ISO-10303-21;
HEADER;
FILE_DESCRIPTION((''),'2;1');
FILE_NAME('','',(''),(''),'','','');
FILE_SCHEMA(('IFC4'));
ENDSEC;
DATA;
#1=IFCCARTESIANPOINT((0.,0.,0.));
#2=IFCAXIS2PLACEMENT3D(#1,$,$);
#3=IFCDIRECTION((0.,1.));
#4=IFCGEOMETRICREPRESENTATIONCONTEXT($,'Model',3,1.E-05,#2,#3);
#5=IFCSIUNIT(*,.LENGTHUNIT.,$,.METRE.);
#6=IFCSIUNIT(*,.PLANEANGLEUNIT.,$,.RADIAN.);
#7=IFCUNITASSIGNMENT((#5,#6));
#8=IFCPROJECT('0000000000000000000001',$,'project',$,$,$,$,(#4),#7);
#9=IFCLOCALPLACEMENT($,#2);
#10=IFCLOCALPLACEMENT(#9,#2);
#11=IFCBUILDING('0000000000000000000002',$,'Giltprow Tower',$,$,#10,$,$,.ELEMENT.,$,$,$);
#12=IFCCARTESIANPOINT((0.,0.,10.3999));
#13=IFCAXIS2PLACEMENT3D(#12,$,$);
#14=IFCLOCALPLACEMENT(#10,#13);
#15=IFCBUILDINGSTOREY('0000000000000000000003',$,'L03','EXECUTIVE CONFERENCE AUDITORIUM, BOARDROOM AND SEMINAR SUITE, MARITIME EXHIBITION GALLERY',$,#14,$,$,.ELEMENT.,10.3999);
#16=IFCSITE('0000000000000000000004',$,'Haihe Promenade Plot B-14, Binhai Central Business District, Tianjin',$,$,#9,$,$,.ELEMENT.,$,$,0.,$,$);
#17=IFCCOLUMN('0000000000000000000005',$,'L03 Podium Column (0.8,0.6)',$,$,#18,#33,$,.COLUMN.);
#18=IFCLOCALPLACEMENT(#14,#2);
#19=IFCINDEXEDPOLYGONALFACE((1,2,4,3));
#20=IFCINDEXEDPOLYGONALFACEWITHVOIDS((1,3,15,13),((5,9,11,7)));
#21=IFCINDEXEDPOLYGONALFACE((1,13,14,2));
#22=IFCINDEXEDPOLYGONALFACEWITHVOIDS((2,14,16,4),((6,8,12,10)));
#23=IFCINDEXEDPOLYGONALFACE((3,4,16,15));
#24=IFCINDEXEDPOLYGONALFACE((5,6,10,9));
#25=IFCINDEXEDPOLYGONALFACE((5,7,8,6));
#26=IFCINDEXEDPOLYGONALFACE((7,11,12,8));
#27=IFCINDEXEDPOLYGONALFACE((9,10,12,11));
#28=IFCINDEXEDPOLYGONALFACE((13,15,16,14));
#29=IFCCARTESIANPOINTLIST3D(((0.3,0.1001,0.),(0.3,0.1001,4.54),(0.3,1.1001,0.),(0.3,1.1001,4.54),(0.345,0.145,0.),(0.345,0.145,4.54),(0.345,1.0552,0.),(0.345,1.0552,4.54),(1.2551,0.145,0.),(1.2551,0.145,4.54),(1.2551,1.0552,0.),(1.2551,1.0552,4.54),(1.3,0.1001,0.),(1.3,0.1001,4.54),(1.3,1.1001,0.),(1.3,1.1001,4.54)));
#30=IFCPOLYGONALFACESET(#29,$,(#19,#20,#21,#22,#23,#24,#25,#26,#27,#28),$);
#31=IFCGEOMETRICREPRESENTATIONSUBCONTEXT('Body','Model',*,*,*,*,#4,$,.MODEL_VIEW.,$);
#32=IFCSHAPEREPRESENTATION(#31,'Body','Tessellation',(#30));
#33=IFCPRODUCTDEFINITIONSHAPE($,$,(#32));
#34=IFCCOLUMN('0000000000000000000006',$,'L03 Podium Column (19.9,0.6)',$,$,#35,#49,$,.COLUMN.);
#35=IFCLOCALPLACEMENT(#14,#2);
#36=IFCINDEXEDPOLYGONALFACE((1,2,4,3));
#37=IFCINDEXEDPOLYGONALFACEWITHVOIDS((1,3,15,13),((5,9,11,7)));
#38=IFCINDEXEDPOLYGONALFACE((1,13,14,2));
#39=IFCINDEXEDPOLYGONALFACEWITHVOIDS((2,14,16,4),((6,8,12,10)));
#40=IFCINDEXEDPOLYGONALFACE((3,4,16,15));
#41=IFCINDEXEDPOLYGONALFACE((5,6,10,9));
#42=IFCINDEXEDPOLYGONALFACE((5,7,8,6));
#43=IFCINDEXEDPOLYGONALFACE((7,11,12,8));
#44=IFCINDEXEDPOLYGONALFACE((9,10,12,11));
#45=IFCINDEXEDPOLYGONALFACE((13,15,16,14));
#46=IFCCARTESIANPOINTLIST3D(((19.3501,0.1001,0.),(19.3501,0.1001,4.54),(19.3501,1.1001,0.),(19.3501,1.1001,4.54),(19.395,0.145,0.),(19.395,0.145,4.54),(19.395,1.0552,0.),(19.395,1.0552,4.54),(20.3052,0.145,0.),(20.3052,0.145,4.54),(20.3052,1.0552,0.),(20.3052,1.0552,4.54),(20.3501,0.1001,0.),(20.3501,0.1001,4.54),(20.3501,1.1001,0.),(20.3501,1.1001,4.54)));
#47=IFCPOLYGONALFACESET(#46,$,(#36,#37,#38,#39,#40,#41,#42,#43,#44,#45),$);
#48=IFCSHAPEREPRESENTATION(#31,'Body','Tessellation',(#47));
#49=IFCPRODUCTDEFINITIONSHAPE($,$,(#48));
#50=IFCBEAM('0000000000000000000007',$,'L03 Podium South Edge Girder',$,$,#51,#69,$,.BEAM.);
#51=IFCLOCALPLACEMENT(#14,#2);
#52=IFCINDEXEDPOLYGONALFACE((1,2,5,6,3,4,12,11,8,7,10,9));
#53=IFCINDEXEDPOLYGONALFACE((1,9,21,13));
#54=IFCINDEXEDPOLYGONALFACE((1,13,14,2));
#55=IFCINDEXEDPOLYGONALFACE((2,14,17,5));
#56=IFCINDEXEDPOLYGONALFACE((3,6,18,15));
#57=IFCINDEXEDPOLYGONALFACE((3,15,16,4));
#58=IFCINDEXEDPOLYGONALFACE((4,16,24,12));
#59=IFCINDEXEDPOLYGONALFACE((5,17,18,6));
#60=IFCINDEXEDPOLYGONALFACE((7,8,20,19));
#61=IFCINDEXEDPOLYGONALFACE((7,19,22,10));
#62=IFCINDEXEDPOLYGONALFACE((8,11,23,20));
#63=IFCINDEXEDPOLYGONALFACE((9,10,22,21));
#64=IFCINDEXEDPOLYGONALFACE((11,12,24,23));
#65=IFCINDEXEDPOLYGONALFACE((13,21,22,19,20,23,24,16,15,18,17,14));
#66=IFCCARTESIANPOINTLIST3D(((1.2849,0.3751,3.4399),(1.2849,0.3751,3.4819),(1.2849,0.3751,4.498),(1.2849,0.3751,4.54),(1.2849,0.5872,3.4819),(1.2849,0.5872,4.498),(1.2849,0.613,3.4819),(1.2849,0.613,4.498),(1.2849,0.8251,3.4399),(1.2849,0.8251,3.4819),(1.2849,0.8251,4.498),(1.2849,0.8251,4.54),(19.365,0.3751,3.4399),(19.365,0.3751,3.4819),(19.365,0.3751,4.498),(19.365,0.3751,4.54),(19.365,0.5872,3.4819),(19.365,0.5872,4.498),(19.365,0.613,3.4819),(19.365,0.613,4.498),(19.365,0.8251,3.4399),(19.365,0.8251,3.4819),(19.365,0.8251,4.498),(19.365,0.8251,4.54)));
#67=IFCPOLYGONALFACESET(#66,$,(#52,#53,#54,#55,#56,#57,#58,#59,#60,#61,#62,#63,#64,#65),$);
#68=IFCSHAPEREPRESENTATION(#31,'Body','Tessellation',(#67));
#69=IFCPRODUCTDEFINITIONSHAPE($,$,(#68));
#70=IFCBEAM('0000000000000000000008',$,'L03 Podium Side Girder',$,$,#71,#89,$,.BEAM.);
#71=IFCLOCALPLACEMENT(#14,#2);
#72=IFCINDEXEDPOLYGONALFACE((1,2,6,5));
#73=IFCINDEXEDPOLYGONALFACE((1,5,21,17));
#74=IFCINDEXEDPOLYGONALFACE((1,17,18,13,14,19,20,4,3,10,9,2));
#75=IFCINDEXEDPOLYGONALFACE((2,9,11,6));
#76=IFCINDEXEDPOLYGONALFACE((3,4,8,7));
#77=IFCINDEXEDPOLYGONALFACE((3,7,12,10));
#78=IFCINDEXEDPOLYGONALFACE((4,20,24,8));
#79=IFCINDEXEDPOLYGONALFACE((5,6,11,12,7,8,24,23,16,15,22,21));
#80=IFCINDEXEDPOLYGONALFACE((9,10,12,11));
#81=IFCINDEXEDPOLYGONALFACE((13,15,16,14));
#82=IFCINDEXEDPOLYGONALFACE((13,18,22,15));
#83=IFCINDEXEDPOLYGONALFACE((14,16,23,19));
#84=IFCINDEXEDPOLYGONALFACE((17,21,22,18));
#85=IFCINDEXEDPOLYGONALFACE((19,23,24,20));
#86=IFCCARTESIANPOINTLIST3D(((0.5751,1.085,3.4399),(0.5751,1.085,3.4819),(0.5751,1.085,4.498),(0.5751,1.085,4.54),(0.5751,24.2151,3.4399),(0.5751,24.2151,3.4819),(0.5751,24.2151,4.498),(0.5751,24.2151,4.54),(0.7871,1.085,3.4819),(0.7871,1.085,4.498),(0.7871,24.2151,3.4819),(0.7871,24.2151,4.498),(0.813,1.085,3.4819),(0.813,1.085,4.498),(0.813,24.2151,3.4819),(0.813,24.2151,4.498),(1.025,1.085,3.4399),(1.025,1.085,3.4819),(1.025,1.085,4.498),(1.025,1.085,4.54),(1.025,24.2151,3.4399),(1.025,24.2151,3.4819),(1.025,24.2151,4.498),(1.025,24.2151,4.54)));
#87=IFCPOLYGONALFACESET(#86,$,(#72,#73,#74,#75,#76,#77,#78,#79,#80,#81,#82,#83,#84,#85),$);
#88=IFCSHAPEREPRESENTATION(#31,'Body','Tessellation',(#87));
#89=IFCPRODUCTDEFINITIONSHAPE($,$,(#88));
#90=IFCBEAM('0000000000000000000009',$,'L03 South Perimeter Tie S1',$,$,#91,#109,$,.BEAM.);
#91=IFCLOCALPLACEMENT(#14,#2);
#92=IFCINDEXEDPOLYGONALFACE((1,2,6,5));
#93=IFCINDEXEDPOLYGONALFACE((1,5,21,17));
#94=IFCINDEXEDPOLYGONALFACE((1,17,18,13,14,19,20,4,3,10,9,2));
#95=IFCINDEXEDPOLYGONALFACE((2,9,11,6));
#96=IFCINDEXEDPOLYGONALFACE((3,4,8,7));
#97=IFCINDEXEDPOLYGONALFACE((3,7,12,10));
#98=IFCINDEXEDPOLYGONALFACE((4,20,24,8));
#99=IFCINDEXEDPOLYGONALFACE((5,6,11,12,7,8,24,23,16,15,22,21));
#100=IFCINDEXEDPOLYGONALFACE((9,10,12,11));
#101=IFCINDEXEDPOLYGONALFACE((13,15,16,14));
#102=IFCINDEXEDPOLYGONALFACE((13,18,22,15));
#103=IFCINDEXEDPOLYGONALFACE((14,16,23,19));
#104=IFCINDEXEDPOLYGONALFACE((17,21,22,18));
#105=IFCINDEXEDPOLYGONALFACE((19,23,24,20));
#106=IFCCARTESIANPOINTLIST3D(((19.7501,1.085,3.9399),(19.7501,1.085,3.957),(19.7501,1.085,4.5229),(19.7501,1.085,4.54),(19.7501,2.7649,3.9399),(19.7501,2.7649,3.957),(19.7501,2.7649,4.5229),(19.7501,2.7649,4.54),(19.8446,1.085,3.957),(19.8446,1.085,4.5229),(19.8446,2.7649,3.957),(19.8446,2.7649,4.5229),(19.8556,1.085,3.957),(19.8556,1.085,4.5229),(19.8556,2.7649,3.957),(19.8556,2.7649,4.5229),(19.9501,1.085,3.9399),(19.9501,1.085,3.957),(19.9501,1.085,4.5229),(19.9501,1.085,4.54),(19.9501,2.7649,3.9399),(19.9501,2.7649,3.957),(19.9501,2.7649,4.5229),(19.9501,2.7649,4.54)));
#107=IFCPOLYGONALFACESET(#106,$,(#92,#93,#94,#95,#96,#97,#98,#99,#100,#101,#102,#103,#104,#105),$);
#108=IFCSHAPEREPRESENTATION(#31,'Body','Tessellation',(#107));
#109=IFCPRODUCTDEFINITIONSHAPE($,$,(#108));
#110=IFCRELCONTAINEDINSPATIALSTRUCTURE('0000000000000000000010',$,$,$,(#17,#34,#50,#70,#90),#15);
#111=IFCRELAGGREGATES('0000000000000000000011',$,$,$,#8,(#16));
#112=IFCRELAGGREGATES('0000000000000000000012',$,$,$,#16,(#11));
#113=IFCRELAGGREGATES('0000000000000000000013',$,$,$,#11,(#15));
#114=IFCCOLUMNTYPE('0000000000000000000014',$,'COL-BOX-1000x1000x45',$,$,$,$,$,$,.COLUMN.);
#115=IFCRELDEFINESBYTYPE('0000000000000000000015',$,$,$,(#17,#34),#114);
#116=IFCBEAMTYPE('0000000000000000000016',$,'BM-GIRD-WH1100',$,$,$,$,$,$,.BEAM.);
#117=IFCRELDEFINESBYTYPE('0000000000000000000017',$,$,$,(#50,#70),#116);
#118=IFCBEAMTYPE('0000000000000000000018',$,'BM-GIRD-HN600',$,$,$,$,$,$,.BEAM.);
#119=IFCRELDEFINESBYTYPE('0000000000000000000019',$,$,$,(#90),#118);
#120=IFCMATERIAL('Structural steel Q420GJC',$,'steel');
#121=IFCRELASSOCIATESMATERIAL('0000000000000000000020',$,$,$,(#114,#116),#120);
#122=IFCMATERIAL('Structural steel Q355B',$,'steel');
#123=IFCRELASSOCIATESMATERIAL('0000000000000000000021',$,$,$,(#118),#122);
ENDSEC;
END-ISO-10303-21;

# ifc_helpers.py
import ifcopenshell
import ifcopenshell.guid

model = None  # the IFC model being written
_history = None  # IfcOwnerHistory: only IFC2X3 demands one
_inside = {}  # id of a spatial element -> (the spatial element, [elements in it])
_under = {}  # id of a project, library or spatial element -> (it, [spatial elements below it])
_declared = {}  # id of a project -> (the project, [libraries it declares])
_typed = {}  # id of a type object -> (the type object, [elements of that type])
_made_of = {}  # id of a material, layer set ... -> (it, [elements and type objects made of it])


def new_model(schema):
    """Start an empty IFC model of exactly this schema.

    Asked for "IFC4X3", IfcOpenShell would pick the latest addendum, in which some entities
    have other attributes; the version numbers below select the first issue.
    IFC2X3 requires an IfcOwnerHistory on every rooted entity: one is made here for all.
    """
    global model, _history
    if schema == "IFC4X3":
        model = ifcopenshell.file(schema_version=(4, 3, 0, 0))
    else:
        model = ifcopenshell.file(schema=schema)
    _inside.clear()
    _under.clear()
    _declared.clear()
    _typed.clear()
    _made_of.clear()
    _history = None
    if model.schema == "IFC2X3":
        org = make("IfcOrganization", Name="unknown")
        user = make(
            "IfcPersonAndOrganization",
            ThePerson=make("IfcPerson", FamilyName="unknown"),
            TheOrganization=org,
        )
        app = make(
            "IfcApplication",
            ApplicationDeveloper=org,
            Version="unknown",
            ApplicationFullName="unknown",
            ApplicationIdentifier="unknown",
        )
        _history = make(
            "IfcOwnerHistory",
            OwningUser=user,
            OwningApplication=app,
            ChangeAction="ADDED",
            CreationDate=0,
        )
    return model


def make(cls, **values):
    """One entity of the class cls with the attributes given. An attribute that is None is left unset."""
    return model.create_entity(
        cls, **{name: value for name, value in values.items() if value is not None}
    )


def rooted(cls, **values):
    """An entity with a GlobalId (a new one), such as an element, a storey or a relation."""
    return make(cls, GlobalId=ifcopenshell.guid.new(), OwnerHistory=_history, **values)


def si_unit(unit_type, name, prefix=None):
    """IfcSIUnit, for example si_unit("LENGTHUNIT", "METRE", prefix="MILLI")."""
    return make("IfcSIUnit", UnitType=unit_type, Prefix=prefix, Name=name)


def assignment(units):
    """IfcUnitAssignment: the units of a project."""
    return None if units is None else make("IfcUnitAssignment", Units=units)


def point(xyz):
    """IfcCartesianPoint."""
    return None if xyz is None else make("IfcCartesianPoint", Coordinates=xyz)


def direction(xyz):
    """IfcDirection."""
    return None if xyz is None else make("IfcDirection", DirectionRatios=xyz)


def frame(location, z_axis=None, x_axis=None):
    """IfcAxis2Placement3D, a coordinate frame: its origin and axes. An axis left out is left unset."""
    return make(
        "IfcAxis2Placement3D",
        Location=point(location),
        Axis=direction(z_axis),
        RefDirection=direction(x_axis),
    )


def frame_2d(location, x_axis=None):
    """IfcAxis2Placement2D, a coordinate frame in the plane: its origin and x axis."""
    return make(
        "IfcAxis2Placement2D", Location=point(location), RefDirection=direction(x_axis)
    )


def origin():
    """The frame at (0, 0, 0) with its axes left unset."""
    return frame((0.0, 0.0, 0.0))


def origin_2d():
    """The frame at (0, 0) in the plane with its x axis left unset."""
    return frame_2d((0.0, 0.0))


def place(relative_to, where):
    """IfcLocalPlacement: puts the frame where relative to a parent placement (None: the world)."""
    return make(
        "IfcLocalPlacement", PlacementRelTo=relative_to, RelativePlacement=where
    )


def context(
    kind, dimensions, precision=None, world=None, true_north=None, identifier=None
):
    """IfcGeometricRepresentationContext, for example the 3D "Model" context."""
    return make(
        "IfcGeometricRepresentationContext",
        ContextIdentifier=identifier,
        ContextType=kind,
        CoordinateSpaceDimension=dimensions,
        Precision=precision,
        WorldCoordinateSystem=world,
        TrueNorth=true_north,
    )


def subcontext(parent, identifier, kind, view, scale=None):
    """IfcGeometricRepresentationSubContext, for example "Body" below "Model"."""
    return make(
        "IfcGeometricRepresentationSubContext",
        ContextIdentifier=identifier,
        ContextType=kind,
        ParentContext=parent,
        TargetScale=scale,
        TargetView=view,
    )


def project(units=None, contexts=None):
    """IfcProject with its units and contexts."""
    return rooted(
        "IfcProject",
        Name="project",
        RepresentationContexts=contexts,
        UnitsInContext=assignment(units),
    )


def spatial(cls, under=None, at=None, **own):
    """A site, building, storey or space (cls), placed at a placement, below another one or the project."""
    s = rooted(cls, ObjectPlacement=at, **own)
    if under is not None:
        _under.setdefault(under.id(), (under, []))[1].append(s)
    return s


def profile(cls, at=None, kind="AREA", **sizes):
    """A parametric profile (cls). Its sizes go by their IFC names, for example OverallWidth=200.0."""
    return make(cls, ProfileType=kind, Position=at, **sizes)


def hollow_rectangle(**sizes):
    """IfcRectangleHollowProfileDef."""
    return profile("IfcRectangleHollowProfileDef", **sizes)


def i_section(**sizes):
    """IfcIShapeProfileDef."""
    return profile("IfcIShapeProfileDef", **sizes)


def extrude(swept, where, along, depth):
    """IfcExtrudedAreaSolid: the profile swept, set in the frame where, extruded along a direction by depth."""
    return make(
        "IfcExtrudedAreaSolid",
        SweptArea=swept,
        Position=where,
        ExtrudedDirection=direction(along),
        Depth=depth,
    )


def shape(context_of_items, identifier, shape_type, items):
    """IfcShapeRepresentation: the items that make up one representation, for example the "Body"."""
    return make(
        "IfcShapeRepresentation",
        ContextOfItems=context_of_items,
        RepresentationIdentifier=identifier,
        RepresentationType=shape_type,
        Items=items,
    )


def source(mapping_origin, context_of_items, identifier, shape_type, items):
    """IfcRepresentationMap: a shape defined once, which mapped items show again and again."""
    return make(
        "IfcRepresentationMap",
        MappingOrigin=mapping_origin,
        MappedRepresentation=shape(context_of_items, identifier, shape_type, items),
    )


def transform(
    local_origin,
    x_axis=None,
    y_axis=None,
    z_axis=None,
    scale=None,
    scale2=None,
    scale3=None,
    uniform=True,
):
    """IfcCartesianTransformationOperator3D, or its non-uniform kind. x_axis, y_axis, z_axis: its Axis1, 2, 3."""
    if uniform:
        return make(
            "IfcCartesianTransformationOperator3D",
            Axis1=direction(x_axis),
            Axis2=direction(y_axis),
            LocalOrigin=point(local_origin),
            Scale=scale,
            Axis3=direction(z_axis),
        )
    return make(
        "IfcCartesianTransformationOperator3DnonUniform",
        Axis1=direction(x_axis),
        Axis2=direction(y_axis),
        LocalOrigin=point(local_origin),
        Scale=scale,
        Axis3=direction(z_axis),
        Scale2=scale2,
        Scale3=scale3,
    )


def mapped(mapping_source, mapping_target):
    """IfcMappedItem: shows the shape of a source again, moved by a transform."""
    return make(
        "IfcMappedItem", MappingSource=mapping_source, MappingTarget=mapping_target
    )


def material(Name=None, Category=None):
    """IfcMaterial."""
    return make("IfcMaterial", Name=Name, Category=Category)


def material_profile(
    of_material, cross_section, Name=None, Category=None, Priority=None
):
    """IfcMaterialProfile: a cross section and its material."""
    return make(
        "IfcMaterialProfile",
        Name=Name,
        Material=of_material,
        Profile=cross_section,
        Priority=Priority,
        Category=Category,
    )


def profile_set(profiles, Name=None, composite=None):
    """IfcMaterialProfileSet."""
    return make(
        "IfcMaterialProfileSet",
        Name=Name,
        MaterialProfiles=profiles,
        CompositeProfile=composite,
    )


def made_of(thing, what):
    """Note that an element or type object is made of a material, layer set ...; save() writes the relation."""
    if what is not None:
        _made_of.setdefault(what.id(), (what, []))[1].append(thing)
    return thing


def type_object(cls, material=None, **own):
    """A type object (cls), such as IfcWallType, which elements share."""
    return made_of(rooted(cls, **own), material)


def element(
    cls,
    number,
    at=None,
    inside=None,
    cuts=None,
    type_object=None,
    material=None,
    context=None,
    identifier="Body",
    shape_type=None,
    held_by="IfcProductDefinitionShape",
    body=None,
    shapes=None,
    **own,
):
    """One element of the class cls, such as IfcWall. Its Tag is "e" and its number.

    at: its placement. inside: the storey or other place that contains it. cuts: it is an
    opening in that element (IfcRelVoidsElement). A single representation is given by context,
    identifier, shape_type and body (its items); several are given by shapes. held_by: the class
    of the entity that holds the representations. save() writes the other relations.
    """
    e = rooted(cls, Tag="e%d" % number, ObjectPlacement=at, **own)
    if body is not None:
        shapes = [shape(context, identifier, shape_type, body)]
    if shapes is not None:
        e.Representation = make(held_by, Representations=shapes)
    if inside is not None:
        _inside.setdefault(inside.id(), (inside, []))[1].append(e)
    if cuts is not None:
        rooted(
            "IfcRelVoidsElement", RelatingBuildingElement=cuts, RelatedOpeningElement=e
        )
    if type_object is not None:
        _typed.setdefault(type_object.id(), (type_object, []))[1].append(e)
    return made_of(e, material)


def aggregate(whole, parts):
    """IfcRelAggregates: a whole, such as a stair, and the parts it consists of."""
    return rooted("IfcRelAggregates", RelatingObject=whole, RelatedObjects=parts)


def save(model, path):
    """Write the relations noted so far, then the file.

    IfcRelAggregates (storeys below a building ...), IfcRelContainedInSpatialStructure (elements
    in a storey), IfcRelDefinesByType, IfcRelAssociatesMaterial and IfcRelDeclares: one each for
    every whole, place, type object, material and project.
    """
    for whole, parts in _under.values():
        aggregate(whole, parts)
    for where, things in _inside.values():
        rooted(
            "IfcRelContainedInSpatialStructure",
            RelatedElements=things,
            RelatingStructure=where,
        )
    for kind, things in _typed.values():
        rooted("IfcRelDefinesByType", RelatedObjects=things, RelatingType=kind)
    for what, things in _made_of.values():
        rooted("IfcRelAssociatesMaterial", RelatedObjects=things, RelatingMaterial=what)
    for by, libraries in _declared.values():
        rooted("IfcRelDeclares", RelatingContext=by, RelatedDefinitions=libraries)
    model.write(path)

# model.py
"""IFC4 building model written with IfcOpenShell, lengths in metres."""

from ifc_helpers import new_model, si_unit, direction, frame, origin, origin_2d, place, context, subcontext, project, spatial, hollow_rectangle, i_section, extrude, source, transform, mapped, material, material_profile, profile_set, type_object, element, save


model = new_model("IFC4")

# Units and contexts
model_context = context("Model", 3, precision=1e-05, world=origin(), true_north=direction((0.0, 1.0)))
body_context = subcontext(model_context, "Body", "Model", "MODEL_VIEW")
ifc_project = project(units=[si_unit("LENGTHUNIT", "METRE"), si_unit("PLANEANGLEUNIT", "RADIAN")], contexts=[model_context])

# Site, building, storey
site_placement = place(None, origin())
site = spatial("IfcSite", under=ifc_project, at=site_placement, Name="Haihe Promenade Plot B-14, Binhai Central Business District, Tianjin", CompositionType="ELEMENT", RefElevation=0.0)
building_placement = place(site_placement, origin())
building = spatial("IfcBuilding", under=site, at=building_placement, Name="Giltprow Tower", CompositionType="ELEMENT")
storey_placement = place(building_placement, frame((0.0, 0.0, 10.3999)))
storey = spatial("IfcBuildingStorey", under=building, at=storey_placement, Name="L03", Description="EXECUTIVE CONFERENCE AUDITORIUM, BOARDROOM AND SEMINAR SUITE, MARITIME EXHIBITION GALLERY", CompositionType="ELEMENT", Elevation=10.3999)

# Columns
ifc_material_1 = material(Name="Structural steel Q420GJC", Category="steel")
ifc_material_profile_1 = material_profile(ifc_material_1, hollow_rectangle(XDim=1.0, YDim=1.0, WallThickness=0.0449, at=origin_2d()), Name="BOX 1000x1000x45")
ifc_profile_set_1 = profile_set([ifc_material_profile_1], Name="Structural steel Q420GJC")
column_type = type_object("IfcColumnType", Name="COL-BOX-1000x1000x45", PredefinedType="COLUMN", material=ifc_profile_set_1)
shared_shape_1 = source(origin(), body_context, "Body", "SweptSolid", [
    extrude(hollow_rectangle(XDim=1.0, YDim=1.0, WallThickness=0.0449, at=origin_2d()), origin(), (0.0, 0.0, 1.0), 4.54),
])
for number, where, z_axis, x_axis, name in (
    (1, (0.8, 0.6001, 0.0), (0.0, 0.0, 1.0), (1.0, 0.0, 0.0), "L03 Podium Column (0.8,0.6)"),
    (2, (19.8501, 0.6001, 0.0), (0.0, 0.0, 1.0), (1.0, 0.0, 0.0), "L03 Podium Column (19.9,0.6)"),
):
    element("IfcColumn", number, at=place(storey_placement, frame(where, z_axis=z_axis, x_axis=x_axis)), inside=storey, type_object=column_type, Name=name, PredefinedType="COLUMN", context=body_context, shape_type="MappedRepresentation", body=[
        mapped(shared_shape_1, transform((0.0, 0.0, 0.0), x_axis=(1.0, 0.0, 0.0), y_axis=(0.0, 1.0, 0.0), z_axis=(0.0, 0.0, 1.0), scale=1.0)),
    ])

# Beams
ifc_material_profile_2 = material_profile(ifc_material_1, i_section(OverallWidth=0.45, OverallDepth=1.1001, WebThickness=0.0259, FlangeThickness=0.042, at=origin_2d()), Name="WH 1100x450x26x42")
ifc_profile_set_2 = profile_set([ifc_material_profile_2], Name="Structural steel Q420GJC")
beam_type_1 = type_object("IfcBeamType", Name="BM-GIRD-WH1100", PredefinedType="BEAM", material=ifc_profile_set_2)
shared_shape_2 = source(origin(), body_context, "Body", "SweptSolid", [
    extrude(i_section(OverallWidth=0.45, OverallDepth=1.1001, WebThickness=0.0259, FlangeThickness=0.042, at=origin_2d()), origin(), (0.0, 0.0, 1.0), 18.0801),
])
beam_1_placement = place(storey_placement, frame((1.2849, 0.6001, 3.99), z_axis=(1.0, 0.0, 0.0), x_axis=(0.0, 1.0, 0.0)))
element("IfcBeam", 3, at=beam_1_placement, inside=storey, type_object=beam_type_1, Name="L03 Podium South Edge Girder", PredefinedType="BEAM", context=body_context, shape_type="MappedRepresentation", body=[
    mapped(shared_shape_2, transform((0.0, 0.0, 0.0), x_axis=(1.0, 0.0, 0.0), y_axis=(0.0, 1.0, 0.0), z_axis=(0.0, 0.0, 1.0), scale=1.0)),
])
shared_shape_3 = source(origin(), body_context, "Body", "SweptSolid", [
    extrude(i_section(OverallWidth=0.45, OverallDepth=1.1001, WebThickness=0.0259, FlangeThickness=0.042, at=origin_2d()), origin(), (0.0, 0.0, 1.0), 23.1301),
])
beam_2_placement = place(storey_placement, frame((0.8, 1.085, 3.99), z_axis=(0.0, 1.0, 0.0), x_axis=(-1.0, 0.0, 0.0)))
element("IfcBeam", 4, at=beam_2_placement, inside=storey, type_object=beam_type_1, Name="L03 Podium Side Girder", PredefinedType="BEAM", context=body_context, shape_type="MappedRepresentation", body=[
    mapped(shared_shape_3, transform((0.0, 0.0, 0.0), x_axis=(1.0, 0.0, 0.0), y_axis=(0.0, 1.0, 0.0), z_axis=(0.0, 0.0, 1.0), scale=1.0)),
])
ifc_material_2 = material(Name="Structural steel Q355B", Category="steel")
ifc_material_profile_3 = material_profile(ifc_material_2, i_section(OverallWidth=0.2, OverallDepth=0.6001, WebThickness=0.011, FlangeThickness=0.0171, at=origin_2d()), Name="HN 600x200x11x17")
ifc_profile_set_3 = profile_set([ifc_material_profile_3], Name="Structural steel Q355B")
beam_type_2 = type_object("IfcBeamType", Name="BM-GIRD-HN600", PredefinedType="BEAM", material=ifc_profile_set_3)
shared_shape_4 = source(origin(), body_context, "Body", "SweptSolid", [
    extrude(i_section(OverallWidth=0.2, OverallDepth=0.6001, WebThickness=0.011, FlangeThickness=0.0171, at=origin_2d()), origin(), (0.0, 0.0, 1.0), 1.6799),
])
beam_3_placement = place(storey_placement, frame((19.8501, 1.085, 4.24), z_axis=(0.0, 1.0, 0.0), x_axis=(-1.0, 0.0, 0.0)))
element("IfcBeam", 5, at=beam_3_placement, inside=storey, type_object=beam_type_2, Name="L03 South Perimeter Tie S1", PredefinedType="BEAM", context=body_context, shape_type="MappedRepresentation", body=[
    mapped(shared_shape_4, transform((0.0, 0.0, 0.0), x_axis=(1.0, 0.0, 0.0), y_axis=(0.0, 1.0, 0.0), z_axis=(0.0, 0.0, 1.0), scale=1.0)),
])

save(model, "model.ifc")
